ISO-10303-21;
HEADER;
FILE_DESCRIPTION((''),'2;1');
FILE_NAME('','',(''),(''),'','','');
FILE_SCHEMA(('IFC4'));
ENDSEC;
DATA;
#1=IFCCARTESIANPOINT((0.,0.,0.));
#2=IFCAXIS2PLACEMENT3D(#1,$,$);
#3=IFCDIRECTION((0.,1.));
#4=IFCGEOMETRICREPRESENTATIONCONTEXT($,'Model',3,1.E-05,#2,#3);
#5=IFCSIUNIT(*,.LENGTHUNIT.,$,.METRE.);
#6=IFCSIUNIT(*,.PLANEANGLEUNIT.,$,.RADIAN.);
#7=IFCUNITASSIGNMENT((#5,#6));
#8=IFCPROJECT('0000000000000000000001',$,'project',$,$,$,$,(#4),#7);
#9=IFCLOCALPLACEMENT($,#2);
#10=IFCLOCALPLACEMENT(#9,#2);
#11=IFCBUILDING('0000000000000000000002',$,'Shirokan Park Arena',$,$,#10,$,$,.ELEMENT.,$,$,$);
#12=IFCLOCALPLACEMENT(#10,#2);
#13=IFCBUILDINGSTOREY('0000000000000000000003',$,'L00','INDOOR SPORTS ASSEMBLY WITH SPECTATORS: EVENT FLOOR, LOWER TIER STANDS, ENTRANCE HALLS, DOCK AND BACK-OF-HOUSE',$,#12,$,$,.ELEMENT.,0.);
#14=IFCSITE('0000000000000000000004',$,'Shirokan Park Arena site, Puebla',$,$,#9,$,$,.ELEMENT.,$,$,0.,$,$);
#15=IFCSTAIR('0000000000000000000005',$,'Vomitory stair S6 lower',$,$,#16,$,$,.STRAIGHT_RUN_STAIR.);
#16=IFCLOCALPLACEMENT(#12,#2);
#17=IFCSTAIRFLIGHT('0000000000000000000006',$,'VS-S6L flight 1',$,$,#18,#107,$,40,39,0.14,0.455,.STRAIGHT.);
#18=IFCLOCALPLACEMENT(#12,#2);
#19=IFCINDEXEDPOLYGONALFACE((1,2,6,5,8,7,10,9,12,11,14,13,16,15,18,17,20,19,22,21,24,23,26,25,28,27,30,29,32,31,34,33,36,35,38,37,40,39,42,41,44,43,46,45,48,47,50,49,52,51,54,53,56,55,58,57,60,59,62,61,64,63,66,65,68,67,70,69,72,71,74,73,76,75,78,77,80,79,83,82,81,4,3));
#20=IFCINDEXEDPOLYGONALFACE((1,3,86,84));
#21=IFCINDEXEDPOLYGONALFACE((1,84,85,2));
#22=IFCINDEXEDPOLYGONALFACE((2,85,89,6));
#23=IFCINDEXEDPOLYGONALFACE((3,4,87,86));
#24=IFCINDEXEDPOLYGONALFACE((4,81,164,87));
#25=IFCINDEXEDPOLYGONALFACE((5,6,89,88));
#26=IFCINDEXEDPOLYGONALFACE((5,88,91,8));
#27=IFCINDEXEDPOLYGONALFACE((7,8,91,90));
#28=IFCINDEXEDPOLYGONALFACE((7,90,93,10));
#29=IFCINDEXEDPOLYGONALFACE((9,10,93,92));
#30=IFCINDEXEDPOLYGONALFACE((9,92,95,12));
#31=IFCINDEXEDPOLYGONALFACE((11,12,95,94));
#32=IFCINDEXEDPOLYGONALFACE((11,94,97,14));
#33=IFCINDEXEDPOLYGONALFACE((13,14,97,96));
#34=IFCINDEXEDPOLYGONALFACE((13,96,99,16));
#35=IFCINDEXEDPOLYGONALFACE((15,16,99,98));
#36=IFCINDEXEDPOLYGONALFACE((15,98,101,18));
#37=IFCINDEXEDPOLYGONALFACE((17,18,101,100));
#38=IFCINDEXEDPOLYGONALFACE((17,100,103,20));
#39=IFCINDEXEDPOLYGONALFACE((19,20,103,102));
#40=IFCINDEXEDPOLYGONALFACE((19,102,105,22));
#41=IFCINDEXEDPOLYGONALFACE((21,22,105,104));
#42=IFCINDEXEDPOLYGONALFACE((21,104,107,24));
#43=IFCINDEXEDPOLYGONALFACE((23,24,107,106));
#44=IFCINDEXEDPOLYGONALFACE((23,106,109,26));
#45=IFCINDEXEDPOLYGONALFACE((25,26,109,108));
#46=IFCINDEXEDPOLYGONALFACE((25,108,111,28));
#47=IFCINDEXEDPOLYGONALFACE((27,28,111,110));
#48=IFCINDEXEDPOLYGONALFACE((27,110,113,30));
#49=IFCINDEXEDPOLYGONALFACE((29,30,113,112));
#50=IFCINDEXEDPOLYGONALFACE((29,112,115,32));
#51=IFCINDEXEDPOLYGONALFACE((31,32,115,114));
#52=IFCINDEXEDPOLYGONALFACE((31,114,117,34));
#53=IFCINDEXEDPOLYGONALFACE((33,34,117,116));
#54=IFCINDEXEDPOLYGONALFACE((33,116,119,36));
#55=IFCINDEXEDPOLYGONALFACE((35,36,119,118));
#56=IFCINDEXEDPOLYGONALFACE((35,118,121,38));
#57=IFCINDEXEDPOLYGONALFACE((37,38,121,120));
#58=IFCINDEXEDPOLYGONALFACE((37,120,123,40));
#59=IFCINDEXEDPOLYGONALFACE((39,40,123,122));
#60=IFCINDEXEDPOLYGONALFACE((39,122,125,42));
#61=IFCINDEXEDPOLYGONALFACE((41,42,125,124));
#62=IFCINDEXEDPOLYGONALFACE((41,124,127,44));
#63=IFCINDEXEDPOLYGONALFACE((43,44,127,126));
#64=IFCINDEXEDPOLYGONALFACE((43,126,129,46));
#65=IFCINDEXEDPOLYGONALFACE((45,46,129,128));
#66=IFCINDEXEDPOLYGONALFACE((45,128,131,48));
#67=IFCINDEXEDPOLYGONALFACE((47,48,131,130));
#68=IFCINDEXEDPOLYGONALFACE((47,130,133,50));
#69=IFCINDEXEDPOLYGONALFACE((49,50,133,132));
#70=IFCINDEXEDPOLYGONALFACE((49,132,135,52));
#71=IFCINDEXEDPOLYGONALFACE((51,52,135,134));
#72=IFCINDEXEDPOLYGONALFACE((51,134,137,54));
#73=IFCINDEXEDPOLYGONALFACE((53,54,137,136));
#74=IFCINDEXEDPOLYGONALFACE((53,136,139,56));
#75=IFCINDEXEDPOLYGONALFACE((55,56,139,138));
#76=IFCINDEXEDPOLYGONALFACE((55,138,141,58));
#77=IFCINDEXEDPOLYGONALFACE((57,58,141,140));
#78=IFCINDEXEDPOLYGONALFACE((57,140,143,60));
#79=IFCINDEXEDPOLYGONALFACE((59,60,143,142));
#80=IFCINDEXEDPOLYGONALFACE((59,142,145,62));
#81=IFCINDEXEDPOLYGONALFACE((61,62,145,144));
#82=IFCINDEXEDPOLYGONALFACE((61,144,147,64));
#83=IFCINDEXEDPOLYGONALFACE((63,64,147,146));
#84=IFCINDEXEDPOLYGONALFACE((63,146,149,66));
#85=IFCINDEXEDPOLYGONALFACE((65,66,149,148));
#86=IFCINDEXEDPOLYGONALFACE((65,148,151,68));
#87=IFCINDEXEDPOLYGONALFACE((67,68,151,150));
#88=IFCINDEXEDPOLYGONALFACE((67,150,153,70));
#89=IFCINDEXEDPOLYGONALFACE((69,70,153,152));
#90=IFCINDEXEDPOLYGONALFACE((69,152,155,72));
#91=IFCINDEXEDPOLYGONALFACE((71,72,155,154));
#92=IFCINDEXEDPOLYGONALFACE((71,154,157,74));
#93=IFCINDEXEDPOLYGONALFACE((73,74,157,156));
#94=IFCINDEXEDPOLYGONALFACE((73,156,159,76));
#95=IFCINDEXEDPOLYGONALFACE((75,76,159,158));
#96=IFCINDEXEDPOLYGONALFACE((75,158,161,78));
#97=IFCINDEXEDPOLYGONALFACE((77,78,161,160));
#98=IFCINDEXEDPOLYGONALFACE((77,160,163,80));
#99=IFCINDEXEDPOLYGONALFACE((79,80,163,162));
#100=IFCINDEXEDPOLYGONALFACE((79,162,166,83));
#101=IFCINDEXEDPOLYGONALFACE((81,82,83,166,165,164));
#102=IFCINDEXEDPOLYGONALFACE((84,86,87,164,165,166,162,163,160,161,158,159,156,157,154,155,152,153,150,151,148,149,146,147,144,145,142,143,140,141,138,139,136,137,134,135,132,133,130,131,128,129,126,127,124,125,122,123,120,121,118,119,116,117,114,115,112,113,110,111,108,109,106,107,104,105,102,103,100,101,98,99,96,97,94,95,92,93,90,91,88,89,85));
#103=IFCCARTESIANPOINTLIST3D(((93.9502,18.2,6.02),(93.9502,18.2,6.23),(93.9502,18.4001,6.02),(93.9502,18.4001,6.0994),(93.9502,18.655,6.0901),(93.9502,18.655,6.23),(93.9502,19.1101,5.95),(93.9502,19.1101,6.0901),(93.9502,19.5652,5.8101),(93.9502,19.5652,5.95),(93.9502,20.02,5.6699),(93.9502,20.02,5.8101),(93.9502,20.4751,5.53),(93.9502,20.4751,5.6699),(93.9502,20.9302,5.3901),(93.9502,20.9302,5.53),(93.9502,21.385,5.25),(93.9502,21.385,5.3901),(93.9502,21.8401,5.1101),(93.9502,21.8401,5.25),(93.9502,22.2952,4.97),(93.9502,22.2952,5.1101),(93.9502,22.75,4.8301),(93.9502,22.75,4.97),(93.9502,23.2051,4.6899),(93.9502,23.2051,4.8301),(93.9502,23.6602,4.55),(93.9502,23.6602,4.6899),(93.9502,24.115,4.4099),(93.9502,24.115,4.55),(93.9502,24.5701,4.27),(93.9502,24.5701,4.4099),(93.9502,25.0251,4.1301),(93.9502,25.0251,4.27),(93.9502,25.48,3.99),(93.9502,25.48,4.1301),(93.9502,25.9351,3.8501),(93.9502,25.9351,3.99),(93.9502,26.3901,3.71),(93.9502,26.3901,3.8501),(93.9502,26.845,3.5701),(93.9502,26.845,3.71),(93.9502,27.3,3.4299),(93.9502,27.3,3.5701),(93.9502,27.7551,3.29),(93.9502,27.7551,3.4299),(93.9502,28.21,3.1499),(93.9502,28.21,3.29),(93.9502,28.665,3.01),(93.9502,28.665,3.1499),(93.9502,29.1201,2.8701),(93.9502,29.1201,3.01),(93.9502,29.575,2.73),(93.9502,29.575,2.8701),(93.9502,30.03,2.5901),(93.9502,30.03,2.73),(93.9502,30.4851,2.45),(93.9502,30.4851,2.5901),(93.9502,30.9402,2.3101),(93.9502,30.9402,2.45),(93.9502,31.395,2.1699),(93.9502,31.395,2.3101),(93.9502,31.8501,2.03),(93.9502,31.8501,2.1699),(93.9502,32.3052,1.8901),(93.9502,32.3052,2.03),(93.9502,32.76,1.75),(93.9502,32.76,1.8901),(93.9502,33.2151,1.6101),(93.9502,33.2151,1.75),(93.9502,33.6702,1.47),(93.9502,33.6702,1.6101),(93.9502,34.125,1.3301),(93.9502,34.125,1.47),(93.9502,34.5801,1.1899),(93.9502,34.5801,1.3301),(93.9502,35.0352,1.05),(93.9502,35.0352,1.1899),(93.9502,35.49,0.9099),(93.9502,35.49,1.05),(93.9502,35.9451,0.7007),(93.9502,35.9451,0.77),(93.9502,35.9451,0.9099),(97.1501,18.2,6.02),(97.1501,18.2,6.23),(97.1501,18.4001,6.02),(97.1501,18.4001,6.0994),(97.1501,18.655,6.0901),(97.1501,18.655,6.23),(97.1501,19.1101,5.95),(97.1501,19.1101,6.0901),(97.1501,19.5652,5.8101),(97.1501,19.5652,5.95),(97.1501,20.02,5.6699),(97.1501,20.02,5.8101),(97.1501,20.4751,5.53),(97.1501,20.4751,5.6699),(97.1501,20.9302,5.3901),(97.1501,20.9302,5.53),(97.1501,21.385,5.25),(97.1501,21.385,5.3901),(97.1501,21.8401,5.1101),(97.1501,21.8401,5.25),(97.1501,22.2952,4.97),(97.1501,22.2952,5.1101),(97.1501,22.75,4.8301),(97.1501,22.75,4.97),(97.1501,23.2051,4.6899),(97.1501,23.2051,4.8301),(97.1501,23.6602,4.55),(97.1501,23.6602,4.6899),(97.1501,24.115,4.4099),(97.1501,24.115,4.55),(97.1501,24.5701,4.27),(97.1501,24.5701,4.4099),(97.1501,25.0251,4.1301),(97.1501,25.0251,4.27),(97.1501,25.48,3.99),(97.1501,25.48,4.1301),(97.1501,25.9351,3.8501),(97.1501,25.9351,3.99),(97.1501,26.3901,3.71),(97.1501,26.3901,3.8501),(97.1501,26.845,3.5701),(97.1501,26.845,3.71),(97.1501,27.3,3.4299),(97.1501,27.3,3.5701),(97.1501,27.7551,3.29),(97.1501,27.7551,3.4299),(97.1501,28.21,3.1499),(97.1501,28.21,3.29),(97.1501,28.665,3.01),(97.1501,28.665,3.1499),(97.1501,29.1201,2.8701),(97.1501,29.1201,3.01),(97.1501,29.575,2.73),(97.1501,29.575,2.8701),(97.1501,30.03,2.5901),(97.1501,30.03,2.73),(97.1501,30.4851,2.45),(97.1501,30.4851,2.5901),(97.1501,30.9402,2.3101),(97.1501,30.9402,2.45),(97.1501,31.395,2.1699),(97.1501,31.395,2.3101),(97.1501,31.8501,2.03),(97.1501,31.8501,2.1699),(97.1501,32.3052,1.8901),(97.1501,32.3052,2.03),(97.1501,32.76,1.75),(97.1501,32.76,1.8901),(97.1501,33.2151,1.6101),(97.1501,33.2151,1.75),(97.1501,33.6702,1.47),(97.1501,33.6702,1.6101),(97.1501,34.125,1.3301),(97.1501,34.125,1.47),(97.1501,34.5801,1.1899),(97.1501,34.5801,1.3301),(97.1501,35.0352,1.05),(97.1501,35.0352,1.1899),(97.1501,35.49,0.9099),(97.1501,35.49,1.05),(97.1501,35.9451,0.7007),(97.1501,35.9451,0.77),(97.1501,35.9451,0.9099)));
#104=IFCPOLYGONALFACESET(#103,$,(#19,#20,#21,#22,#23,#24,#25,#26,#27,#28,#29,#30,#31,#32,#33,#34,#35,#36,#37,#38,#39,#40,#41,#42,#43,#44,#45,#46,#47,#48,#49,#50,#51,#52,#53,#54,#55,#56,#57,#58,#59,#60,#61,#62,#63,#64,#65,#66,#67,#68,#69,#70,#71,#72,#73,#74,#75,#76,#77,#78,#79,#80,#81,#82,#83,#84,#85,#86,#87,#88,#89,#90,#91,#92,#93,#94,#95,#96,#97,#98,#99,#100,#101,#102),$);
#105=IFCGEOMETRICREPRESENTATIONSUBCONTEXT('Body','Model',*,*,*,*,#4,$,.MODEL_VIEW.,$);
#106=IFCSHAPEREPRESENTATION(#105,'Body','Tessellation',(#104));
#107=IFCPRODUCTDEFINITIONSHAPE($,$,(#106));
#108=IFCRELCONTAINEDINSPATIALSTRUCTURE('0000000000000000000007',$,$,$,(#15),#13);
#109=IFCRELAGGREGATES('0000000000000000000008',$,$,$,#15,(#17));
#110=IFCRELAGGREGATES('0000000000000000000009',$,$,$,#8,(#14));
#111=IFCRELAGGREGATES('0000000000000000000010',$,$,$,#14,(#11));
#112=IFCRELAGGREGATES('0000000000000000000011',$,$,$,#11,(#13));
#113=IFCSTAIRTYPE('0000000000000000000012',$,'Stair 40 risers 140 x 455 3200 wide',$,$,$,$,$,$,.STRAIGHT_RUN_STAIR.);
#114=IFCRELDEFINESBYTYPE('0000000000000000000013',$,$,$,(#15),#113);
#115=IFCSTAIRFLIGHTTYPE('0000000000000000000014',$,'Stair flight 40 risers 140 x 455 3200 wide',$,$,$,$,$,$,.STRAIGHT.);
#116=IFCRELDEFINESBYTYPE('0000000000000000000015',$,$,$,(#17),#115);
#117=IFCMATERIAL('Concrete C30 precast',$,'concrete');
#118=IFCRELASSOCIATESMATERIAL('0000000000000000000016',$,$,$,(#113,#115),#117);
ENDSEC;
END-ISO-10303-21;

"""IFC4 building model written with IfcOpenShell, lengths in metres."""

from ifc_helpers import new_model, si_unit, direction, frame, origin, place, context, subcontext, project, spatial, polyline, outline, extrude, material, type_object, element, aggregate, save


model = new_model("IFC4")

# Units and contexts
model_context = context("Model", 3, precision=1e-05, world=origin(), true_north=direction((0.0, 1.0)))
body_context = subcontext(model_context, "Body", "Model", "MODEL_VIEW")
ifc_project = project(units=[si_unit("LENGTHUNIT", "METRE"), si_unit("PLANEANGLEUNIT", "RADIAN")], contexts=[model_context])

# Site, building, storey
site_placement = place(None, origin())
site = spatial("IfcSite", under=ifc_project, at=site_placement, Name="Shirokan Park Arena site, Puebla", CompositionType="ELEMENT", RefElevation=0.0)
building_placement = place(site_placement, origin())
building = spatial("IfcBuilding", under=site, at=building_placement, Name="Shirokan Park Arena", CompositionType="ELEMENT")
storey_placement = place(building_placement, origin())
storey = spatial("IfcBuildingStorey", under=building, at=storey_placement, Name="L00", Description="INDOOR SPORTS ASSEMBLY WITH SPECTATORS: EVENT FLOOR, LOWER TIER STANDS, ENTRANCE HALLS, DOCK AND BACK-OF-HOUSE", CompositionType="ELEMENT", Elevation=0.0)

# Stair, stair flight
ifc_material_1 = material(Name="Concrete C30 precast", Category="concrete")
stair_type = type_object("IfcStairType", Name="Stair 40 risers 140 x 455 3200 wide", PredefinedType="STRAIGHT_RUN_STAIR", material=ifc_material_1)
stair_flight_type = type_object("IfcStairFlightType", Name="Stair flight 40 risers 140 x 455 3200 wide", PredefinedType="STRAIGHT", material=ifc_material_1)
stair_1_placement = place(storey_placement, origin())
stair_1 = element("IfcStair", 1, at=stair_1_placement, inside=storey, type_object=stair_type, Name="Vomitory stair S6 lower", PredefinedType="STRAIGHT_RUN_STAIR")
stair_flight_1_placement = place(storey_placement, frame((95.55, 35.9451, 0.77), z_axis=(0.0, 0.0, 1.0), x_axis=(0.0, -1.0, 0.0)))
stair_flight_1 = element("IfcStairFlight", 2, at=stair_flight_1_placement, type_object=stair_flight_type, Name="VS-S6L flight 1", NumberOfRisers=40, NumberOfTreads=39, PredefinedType="STRAIGHT", RiserHeight=0.14, TreadLength=0.455, context=body_context, shape_type="SweptSolid", body=[
    extrude(outline(polyline([(0.0, -0.0693), (0.0, 0.0), (0.0, 0.1399), (0.4551, 0.1399), (0.4551, 0.28), (0.9099, 0.28), (0.9099, 0.4199), (1.365, 0.4199), (1.365, 0.5601), (1.8201, 0.5601), (1.8201, 0.7), (2.2749, 0.7), (2.2749, 0.8401), (2.73, 0.8401), (2.73, 0.98), (3.1851, 0.98), (3.1851, 1.1201), (3.6399, 1.1201), (3.6399, 1.26), (4.095, 1.26), (4.095, 1.3999), (4.55, 1.3999), (4.55, 1.54), (5.0049, 1.54), (5.0049, 1.6799), (5.46, 1.6799), (5.46, 1.8201), (5.915, 1.8201), (5.915, 1.96), (6.3701, 1.96), (6.3701, 2.1001), (6.825, 2.1001), (6.825, 2.24), (7.28, 2.24), (7.28, 2.3799), (7.7351, 2.3799), (7.7351, 2.52), (8.1899, 2.52), (8.1899, 2.6599), (8.645, 2.6599), (8.645, 2.8), (9.1001, 2.8), (9.1001, 2.9399), (9.5549, 2.9399), (9.5549, 3.0801), (10.01, 3.0801), (10.01, 3.22), (10.4651, 3.22), (10.4651, 3.3601), (10.9199, 3.3601), (10.9199, 3.5), (11.375, 3.5), (11.375, 3.6399), (11.8301, 3.6399), (11.8301, 3.78), (12.2849, 3.78), (12.2849, 3.9199), (12.74, 3.9199), (12.74, 4.0601), (13.1951, 4.0601), (13.1951, 4.2), (13.6499, 4.2), (13.6499, 4.3401), (14.105, 4.3401), (14.105, 4.48), (14.5601, 4.48), (14.5601, 4.6201), (15.0149, 4.6201), (15.0149, 4.76), (15.47, 4.76), (15.47, 4.8999), (15.925, 4.8999), (15.925, 5.04), (16.3799, 5.04), (16.3799, 5.1799), (16.835, 5.1799), (16.835, 5.3201), (17.29, 5.3201), (17.29, 5.46), (17.7451, 5.46), (17.7451, 5.6001), (17.7451, 5.25), (17.5449, 5.25), (17.5449, 5.3293), (0.0, -0.0693)])), frame((0.0, 1.6001, 0.0), z_axis=(0.0, -1.0, 0.0), x_axis=(1.0, 0.0, 0.0)), (0.0, 0.0, 1.0), 3.2),
])
aggregate(stair_1, [stair_flight_1])

save(model, "model.ifc")
